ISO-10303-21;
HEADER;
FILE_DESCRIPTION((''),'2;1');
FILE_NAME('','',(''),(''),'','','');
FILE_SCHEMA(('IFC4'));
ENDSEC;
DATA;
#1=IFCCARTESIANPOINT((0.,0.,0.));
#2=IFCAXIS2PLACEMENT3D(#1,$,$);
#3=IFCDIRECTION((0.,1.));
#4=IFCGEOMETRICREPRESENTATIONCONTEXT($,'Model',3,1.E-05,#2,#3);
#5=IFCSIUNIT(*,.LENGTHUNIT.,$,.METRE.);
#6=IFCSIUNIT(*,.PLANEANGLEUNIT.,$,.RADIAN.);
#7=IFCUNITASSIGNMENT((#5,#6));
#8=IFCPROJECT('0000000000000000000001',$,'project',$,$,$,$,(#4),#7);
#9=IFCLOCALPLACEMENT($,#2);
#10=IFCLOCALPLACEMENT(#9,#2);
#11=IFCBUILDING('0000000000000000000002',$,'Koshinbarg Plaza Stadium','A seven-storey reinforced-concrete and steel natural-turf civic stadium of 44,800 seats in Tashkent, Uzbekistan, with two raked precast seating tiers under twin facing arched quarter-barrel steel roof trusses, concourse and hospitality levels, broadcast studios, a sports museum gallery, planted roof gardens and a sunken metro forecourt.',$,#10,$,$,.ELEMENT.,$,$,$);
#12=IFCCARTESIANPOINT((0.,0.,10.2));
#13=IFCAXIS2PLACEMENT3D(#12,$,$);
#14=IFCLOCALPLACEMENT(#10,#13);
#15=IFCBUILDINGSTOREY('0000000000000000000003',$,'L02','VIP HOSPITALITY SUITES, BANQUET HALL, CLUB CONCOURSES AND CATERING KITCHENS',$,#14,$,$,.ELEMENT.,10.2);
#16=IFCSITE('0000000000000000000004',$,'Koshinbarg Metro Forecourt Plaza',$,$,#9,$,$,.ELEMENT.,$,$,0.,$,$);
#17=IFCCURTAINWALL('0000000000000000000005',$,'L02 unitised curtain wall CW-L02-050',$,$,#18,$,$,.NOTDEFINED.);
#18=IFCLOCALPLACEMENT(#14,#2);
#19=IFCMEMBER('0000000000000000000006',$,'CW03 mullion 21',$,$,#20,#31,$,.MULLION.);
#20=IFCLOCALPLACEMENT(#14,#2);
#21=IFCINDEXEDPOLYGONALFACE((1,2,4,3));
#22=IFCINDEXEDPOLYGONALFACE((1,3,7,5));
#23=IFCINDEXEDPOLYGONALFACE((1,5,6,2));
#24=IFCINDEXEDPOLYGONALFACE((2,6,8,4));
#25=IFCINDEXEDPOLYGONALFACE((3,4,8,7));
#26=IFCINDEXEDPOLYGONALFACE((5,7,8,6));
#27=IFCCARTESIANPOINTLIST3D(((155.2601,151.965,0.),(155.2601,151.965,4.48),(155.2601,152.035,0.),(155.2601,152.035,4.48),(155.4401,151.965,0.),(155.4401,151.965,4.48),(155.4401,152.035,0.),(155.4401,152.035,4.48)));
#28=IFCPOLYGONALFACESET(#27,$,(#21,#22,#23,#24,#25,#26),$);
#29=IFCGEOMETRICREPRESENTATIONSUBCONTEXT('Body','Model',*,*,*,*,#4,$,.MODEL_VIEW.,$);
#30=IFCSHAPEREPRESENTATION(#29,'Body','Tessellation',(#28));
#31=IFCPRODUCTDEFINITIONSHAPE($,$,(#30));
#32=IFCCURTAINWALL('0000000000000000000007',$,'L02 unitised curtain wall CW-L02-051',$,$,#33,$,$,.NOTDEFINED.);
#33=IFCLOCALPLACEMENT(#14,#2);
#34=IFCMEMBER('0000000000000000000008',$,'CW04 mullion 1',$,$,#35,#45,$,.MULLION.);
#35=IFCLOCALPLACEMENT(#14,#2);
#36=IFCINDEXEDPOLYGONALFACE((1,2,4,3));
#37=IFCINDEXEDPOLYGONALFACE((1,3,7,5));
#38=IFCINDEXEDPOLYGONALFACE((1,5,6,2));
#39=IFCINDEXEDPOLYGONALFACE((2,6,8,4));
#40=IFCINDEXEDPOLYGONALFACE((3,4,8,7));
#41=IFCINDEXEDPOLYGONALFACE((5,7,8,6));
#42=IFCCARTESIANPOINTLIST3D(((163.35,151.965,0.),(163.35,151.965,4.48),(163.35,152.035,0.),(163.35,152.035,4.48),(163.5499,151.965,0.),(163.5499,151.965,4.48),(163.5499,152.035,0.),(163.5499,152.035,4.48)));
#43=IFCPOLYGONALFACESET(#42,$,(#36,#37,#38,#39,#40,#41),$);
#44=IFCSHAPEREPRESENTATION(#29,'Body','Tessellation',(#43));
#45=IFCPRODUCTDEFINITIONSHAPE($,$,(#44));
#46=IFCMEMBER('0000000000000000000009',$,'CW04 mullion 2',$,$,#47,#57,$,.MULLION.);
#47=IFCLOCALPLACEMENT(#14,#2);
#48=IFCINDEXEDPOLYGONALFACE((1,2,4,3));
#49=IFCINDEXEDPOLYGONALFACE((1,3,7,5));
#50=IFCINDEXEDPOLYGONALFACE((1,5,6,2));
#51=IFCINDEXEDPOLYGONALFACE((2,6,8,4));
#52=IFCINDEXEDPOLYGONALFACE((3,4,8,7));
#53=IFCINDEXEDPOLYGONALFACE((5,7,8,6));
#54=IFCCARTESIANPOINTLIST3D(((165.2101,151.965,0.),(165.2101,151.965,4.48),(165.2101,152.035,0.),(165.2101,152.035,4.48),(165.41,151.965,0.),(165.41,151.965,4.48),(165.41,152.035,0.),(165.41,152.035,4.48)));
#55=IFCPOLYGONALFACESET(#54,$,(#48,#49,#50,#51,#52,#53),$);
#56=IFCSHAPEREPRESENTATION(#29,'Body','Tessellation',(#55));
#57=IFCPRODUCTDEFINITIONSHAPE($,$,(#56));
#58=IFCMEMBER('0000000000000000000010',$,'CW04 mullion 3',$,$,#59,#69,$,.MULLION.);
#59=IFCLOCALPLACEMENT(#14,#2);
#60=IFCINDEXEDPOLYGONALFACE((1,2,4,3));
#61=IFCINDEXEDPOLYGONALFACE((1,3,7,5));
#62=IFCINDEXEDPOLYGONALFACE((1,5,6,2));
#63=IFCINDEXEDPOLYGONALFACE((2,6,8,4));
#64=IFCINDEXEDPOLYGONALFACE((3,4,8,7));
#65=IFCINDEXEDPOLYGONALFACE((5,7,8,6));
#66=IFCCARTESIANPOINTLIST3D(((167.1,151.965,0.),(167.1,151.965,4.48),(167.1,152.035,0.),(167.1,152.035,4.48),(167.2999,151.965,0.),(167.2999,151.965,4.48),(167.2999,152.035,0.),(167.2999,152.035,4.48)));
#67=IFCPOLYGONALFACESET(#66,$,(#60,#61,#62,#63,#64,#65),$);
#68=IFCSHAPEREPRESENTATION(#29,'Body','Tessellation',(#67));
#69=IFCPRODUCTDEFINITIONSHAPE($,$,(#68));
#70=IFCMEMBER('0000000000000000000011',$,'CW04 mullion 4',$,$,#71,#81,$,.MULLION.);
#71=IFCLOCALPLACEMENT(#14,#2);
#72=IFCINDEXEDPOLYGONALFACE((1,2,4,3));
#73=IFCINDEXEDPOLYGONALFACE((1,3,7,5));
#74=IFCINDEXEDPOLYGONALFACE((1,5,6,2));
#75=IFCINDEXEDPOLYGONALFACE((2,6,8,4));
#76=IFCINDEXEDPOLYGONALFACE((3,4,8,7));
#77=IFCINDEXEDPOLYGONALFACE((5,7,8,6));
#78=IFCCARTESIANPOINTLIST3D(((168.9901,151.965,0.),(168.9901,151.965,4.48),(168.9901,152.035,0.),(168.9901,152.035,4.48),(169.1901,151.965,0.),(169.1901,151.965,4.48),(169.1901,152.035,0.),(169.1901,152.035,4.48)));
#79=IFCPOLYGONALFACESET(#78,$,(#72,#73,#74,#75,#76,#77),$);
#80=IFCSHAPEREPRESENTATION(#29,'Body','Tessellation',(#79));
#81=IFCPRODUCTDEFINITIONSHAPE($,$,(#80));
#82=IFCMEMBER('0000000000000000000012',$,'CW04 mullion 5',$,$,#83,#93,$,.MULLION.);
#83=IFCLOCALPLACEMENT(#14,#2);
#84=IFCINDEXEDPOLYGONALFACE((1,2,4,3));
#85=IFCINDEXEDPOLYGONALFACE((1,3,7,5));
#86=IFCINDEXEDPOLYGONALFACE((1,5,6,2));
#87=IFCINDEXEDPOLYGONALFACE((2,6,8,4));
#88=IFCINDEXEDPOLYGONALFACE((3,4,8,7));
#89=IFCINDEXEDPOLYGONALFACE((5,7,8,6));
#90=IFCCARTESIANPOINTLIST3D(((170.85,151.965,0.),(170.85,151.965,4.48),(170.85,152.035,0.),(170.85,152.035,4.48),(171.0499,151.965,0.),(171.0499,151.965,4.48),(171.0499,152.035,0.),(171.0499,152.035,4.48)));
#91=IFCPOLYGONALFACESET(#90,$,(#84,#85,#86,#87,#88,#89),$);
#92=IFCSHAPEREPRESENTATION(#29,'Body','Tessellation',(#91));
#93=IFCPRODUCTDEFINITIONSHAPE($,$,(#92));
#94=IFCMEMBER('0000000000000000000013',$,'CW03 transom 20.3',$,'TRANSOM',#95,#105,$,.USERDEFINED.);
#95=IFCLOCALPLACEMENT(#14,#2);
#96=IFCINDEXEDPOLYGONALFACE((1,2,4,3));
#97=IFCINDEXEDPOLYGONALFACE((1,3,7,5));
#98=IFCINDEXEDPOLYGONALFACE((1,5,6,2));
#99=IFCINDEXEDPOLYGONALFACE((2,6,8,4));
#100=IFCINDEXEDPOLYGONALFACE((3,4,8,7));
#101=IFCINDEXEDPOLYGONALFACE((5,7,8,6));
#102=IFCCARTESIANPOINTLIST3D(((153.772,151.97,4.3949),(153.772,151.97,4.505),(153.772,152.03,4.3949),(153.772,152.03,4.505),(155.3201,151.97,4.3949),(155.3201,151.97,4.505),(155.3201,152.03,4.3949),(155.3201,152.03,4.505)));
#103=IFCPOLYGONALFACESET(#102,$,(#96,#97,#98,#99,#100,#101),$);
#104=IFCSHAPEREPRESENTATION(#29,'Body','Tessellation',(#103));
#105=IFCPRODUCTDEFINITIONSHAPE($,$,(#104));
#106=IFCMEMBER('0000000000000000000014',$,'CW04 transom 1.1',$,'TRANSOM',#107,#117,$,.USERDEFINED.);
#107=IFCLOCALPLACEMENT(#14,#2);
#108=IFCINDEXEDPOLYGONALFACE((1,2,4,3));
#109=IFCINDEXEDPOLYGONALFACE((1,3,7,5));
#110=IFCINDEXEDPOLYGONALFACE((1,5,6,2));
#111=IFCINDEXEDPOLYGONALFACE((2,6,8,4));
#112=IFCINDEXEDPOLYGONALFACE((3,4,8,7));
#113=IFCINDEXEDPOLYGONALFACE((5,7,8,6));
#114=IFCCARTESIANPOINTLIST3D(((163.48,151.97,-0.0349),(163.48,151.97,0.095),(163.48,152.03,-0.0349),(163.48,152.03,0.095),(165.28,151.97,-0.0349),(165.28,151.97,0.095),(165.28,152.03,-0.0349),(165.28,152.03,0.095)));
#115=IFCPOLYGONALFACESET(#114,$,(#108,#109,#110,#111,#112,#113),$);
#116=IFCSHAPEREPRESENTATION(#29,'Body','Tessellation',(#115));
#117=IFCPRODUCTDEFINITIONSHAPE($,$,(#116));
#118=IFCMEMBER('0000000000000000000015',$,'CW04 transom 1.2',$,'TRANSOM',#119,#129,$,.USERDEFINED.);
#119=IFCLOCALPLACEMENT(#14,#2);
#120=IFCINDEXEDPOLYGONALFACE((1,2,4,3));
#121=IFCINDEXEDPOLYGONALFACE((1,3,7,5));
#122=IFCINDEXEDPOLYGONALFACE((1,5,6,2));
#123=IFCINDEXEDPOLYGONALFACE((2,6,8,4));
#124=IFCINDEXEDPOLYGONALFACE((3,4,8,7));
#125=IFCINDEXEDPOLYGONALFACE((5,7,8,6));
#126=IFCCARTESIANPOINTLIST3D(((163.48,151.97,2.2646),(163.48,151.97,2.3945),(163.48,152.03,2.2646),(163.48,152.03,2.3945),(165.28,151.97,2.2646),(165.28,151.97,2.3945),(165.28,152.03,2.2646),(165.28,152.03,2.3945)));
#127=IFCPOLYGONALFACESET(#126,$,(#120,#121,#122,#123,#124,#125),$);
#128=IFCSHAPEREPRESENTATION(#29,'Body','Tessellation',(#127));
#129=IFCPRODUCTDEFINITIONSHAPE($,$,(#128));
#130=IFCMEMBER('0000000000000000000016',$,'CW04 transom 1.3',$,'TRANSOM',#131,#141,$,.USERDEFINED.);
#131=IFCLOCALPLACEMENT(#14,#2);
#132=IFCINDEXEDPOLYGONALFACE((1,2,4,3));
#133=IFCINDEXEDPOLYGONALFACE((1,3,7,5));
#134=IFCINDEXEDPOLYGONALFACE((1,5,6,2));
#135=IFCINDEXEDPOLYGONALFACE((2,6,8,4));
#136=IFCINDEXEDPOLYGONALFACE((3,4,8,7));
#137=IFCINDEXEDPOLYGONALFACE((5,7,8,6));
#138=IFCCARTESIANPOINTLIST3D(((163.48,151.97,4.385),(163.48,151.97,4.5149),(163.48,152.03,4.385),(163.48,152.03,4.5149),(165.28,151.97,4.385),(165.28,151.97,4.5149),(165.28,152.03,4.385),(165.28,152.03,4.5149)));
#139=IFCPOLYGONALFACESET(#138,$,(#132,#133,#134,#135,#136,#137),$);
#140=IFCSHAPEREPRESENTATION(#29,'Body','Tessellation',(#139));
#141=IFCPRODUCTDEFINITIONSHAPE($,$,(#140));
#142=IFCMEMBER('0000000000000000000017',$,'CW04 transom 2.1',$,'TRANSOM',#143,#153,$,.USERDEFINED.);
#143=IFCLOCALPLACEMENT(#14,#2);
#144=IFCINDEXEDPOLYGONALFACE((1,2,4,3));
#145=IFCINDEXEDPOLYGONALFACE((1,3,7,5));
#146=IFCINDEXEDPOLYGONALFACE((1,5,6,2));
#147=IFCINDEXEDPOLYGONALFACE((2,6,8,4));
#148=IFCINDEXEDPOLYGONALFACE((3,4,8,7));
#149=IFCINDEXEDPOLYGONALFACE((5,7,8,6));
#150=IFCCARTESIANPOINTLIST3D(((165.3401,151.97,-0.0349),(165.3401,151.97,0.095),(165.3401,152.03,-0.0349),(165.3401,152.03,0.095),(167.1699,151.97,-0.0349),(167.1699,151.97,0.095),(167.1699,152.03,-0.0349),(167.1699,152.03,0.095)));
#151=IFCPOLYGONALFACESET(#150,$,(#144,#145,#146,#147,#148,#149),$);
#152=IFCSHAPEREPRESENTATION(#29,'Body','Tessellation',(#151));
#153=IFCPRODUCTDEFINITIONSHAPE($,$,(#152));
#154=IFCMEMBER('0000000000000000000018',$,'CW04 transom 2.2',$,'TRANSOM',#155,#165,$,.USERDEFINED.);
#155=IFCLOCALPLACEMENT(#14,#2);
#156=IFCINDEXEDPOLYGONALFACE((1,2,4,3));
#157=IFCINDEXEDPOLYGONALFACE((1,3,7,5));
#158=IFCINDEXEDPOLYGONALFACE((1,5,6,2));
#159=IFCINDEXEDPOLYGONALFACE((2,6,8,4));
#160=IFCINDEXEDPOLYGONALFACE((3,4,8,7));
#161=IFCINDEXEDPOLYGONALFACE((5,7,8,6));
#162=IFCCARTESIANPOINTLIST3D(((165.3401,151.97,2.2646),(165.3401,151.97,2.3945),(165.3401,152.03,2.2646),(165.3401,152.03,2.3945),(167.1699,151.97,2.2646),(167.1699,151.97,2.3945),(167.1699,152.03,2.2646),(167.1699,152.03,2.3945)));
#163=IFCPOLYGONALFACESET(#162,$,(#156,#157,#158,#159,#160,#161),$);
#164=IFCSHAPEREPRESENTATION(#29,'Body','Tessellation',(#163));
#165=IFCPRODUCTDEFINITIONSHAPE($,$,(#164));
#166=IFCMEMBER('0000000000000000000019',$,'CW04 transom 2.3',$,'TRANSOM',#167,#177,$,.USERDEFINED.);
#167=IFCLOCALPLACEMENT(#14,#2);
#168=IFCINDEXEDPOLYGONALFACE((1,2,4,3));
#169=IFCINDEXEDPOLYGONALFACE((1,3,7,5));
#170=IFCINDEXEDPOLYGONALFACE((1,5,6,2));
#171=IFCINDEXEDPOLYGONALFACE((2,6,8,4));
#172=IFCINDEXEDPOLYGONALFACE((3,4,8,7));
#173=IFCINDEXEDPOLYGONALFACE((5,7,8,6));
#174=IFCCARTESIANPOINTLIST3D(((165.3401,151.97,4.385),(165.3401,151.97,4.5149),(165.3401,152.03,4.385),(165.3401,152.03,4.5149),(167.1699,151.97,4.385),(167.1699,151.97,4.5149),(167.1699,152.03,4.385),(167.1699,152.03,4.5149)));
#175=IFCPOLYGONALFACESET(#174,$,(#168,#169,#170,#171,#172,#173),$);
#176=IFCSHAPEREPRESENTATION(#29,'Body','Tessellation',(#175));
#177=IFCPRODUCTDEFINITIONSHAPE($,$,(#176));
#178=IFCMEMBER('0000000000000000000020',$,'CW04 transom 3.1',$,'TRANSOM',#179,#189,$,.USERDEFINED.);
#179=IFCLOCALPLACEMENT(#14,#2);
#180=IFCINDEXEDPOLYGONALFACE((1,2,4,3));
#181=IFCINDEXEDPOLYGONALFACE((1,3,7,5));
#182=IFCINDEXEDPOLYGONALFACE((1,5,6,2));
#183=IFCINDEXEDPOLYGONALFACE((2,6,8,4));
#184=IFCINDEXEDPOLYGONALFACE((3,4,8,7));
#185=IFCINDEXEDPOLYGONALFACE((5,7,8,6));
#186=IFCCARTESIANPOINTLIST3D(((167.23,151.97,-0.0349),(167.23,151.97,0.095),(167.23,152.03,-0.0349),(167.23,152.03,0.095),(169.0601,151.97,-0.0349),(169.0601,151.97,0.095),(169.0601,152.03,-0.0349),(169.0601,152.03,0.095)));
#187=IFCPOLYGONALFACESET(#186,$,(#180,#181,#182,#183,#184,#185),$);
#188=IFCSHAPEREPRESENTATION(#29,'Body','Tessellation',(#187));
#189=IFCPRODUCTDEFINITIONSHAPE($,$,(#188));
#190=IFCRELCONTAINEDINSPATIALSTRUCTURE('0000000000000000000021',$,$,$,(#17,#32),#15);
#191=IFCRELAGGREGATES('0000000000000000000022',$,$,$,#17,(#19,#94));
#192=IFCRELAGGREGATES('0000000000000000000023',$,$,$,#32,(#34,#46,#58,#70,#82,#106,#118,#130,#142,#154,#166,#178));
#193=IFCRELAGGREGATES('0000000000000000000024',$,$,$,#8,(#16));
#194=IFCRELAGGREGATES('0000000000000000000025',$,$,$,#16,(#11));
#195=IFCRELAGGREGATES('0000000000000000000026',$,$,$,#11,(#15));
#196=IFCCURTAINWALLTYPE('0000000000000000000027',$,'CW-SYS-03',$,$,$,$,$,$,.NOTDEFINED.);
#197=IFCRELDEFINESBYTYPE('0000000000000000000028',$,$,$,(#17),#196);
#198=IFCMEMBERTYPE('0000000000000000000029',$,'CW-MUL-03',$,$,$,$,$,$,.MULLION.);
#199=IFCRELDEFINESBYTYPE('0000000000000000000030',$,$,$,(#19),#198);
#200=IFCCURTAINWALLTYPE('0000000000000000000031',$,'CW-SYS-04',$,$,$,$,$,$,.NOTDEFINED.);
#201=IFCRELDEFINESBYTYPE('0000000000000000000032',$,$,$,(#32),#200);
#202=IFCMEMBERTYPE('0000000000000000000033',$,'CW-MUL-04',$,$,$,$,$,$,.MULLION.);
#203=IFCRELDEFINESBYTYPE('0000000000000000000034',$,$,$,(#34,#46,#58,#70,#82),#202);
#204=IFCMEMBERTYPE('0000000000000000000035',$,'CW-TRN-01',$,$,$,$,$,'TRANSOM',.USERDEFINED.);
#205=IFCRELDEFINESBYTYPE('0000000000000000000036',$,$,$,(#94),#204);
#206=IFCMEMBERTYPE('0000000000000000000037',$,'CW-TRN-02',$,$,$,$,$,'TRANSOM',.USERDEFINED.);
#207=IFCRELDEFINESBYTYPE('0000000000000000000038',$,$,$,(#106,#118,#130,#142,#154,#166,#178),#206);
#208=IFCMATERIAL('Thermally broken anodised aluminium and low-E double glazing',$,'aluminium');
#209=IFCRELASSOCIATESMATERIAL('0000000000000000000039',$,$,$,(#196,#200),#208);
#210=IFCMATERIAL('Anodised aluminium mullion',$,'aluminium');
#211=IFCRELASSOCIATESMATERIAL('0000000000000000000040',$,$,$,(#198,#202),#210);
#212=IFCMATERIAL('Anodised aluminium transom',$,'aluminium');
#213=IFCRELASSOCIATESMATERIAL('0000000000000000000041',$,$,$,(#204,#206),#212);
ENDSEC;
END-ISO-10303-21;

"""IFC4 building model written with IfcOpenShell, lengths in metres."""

from ifc_helpers import new_model, si_unit, direction, frame, origin, origin_2d, place, context, subcontext, project, spatial, rectangle, extrude, material, material_profile, profile_set, type_object, element, aggregate, save


model = new_model("IFC4")

# Units and contexts
model_context = context("Model", 3, precision=1e-05, world=origin(), true_north=direction((0.0, 1.0)))
body_context = subcontext(model_context, "Body", "Model", "MODEL_VIEW")
ifc_project = project(units=[si_unit("LENGTHUNIT", "METRE"), si_unit("PLANEANGLEUNIT", "RADIAN")], contexts=[model_context])

# Site, building, storey
site_placement = place(None, origin())
site = spatial("IfcSite", under=ifc_project, at=site_placement, Name="Koshinbarg Metro Forecourt Plaza", CompositionType="ELEMENT", RefElevation=0.0)
building_placement = place(site_placement, origin())
building = spatial("IfcBuilding", under=site, at=building_placement, Name="Koshinbarg Plaza Stadium", Description="A seven-storey reinforced-concrete and steel natural-turf civic stadium of 44,800 seats in Tashkent, Uzbekistan, with two raked precast seating tiers under twin facing arched quarter-barrel steel roof trusses, concourse and hospitality levels, broadcast studios, a sports museum gallery, planted roof gardens and a sunken metro forecourt.", CompositionType="ELEMENT")
storey_placement = place(building_placement, frame((0.0, 0.0, 10.2)))
storey = spatial("IfcBuildingStorey", under=building, at=storey_placement, Name="L02", Description="VIP HOSPITALITY SUITES, BANQUET HALL, CLUB CONCOURSES AND CATERING KITCHENS", CompositionType="ELEMENT", Elevation=10.2)

# Curtain wall, member
ifc_material_1 = material(Name="Thermally broken anodised aluminium and low-E double glazing", Category="aluminium")
curtain_wall_type_1 = type_object("IfcCurtainWallType", Name="CW-SYS-03", PredefinedType="NOTDEFINED", material=ifc_material_1)
curtain_wall_1_placement = place(storey_placement, origin())
curtain_wall_1 = element("IfcCurtainWall", 1, at=curtain_wall_1_placement, inside=storey, type_object=curtain_wall_type_1, Name="L02 unitised curtain wall CW-L02-050", PredefinedType="NOTDEFINED")
ifc_material_2 = material(Name="Anodised aluminium mullion", Category="aluminium")
ifc_material_profile_1 = material_profile(ifc_material_2, rectangle(XDim=0.0701, YDim=0.1799, at=origin_2d()), Name="ALU 70x180")
ifc_profile_set_1 = profile_set([ifc_material_profile_1], Name="Anodised aluminium mullion")
member_type_1 = type_object("IfcMemberType", Name="CW-MUL-03", PredefinedType="MULLION", material=ifc_profile_set_1)
member_1_placement = place(storey_placement, frame((155.3501, 152.0, 0.0), z_axis=(0.0, 0.0, 1.0), x_axis=(0.0, 1.0, 0.0)))
member_1 = element("IfcMember", 2, at=member_1_placement, type_object=member_type_1, Name="CW03 mullion 21", PredefinedType="MULLION", context=body_context, shape_type="SweptSolid", body=[
    extrude(rectangle(XDim=0.0701, YDim=0.1799, at=origin_2d()), origin(), (0.0, 0.0, 1.0), 4.48),
])

# Curtain wall, members
curtain_wall_type_2 = type_object("IfcCurtainWallType", Name="CW-SYS-04", PredefinedType="NOTDEFINED", material=ifc_material_1)
curtain_wall_2_placement = place(storey_placement, origin())
curtain_wall_2 = element("IfcCurtainWall", 3, at=curtain_wall_2_placement, inside=storey, type_object=curtain_wall_type_2, Name="L02 unitised curtain wall CW-L02-051", PredefinedType="NOTDEFINED")
ifc_material_profile_2 = material_profile(ifc_material_2, rectangle(XDim=0.0701, YDim=0.2, at=origin_2d()), Name="ALU 70x200")
ifc_profile_set_2 = profile_set([ifc_material_profile_2], Name="Anodised aluminium mullion")
member_type_2 = type_object("IfcMemberType", Name="CW-MUL-04", PredefinedType="MULLION", material=ifc_profile_set_2)
member_2_placement = place(storey_placement, frame((163.45, 152.0, 0.0), z_axis=(0.0, 0.0, 1.0), x_axis=(0.0, 1.0, 0.0)))
member_2 = element("IfcMember", 4, at=member_2_placement, type_object=member_type_2, Name="CW04 mullion 1", PredefinedType="MULLION", context=body_context, shape_type="SweptSolid", body=[
    extrude(rectangle(XDim=0.0701, YDim=0.2, at=origin_2d()), origin(), (0.0, 0.0, 1.0), 4.48),
])
member_3_placement = place(storey_placement, frame((165.3101, 152.0, 0.0), z_axis=(0.0, 0.0, 1.0), x_axis=(0.0, 1.0, 0.0)))
member_3 = element("IfcMember", 5, at=member_3_placement, type_object=member_type_2, Name="CW04 mullion 2", PredefinedType="MULLION", context=body_context, shape_type="SweptSolid", body=[
    extrude(rectangle(XDim=0.0701, YDim=0.2, at=origin_2d()), origin(), (0.0, 0.0, 1.0), 4.48),
])
member_4_placement = place(storey_placement, frame((167.2, 152.0, 0.0), z_axis=(0.0, 0.0, 1.0), x_axis=(0.0, 1.0, 0.0)))
member_4 = element("IfcMember", 6, at=member_4_placement, type_object=member_type_2, Name="CW04 mullion 3", PredefinedType="MULLION", context=body_context, shape_type="SweptSolid", body=[
    extrude(rectangle(XDim=0.0701, YDim=0.2, at=origin_2d()), origin(), (0.0, 0.0, 1.0), 4.48),
])
member_5_placement = place(storey_placement, frame((169.0901, 152.0, 0.0), z_axis=(0.0, 0.0, 1.0), x_axis=(0.0, 1.0, 0.0)))
member_5 = element("IfcMember", 7, at=member_5_placement, type_object=member_type_2, Name="CW04 mullion 4", PredefinedType="MULLION", context=body_context, shape_type="SweptSolid", body=[
    extrude(rectangle(XDim=0.0701, YDim=0.2, at=origin_2d()), origin(), (0.0, 0.0, 1.0), 4.48),
])
member_6_placement = place(storey_placement, frame((170.95, 152.0, 0.0), z_axis=(0.0, 0.0, 1.0), x_axis=(0.0, 1.0, 0.0)))
member_6 = element("IfcMember", 8, at=member_6_placement, type_object=member_type_2, Name="CW04 mullion 5", PredefinedType="MULLION", context=body_context, shape_type="SweptSolid", body=[
    extrude(rectangle(XDim=0.0701, YDim=0.2, at=origin_2d()), origin(), (0.0, 0.0, 1.0), 4.48),
])

# Members
ifc_material_3 = material(Name="Anodised aluminium transom", Category="aluminium")
ifc_material_profile_3 = material_profile(ifc_material_3, rectangle(XDim=0.0601, YDim=0.1101, at=origin_2d()), Name="ALU 60x110")
ifc_profile_set_3 = profile_set([ifc_material_profile_3], Name="Anodised aluminium transom")
member_type_3 = type_object("IfcMemberType", Name="CW-TRN-01", ElementType="TRANSOM", PredefinedType="USERDEFINED", material=ifc_profile_set_3)
member_7_placement = place(storey_placement, frame((153.772, 152.0, 4.45), z_axis=(1.0, 0.0, 0.0), x_axis=(0.0, 1.0, 0.0)))
member_7 = element("IfcMember", 9, at=member_7_placement, type_object=member_type_3, Name="CW03 transom 20.3", ObjectType="TRANSOM", PredefinedType="USERDEFINED", context=body_context, shape_type="SweptSolid", body=[
    extrude(rectangle(XDim=0.0601, YDim=0.1101, at=origin_2d()), origin(), (0.0, 0.0, 1.0), 1.5481),
])
ifc_material_profile_4 = material_profile(ifc_material_3, rectangle(XDim=0.0601, YDim=0.1299, at=origin_2d()), Name="ALU 60x130")
ifc_profile_set_4 = profile_set([ifc_material_profile_4], Name="Anodised aluminium transom")
member_type_4 = type_object("IfcMemberType", Name="CW-TRN-02", ElementType="TRANSOM", PredefinedType="USERDEFINED", material=ifc_profile_set_4)
member_8_placement = place(storey_placement, frame((163.48, 152.0, 0.03), z_axis=(1.0, 0.0, 0.0), x_axis=(0.0, 1.0, 0.0)))
member_8 = element("IfcMember", 10, at=member_8_placement, type_object=member_type_4, Name="CW04 transom 1.1", ObjectType="TRANSOM", PredefinedType="USERDEFINED", context=body_context, shape_type="SweptSolid", body=[
    extrude(rectangle(XDim=0.0601, YDim=0.1299, at=origin_2d()), origin(), (0.0, 0.0, 1.0), 1.8),
])
member_9_placement = place(storey_placement, frame((163.48, 152.0, 2.3296), z_axis=(1.0, 0.0, 0.0), x_axis=(0.0, 1.0, 0.0)))
member_9 = element("IfcMember", 11, at=member_9_placement, type_object=member_type_4, Name="CW04 transom 1.2", ObjectType="TRANSOM", PredefinedType="USERDEFINED", context=body_context, shape_type="SweptSolid", body=[
    extrude(rectangle(XDim=0.0601, YDim=0.1299, at=origin_2d()), origin(), (0.0, 0.0, 1.0), 1.8),
])
member_10_placement = place(storey_placement, frame((163.48, 152.0, 4.45), z_axis=(1.0, 0.0, 0.0), x_axis=(0.0, 1.0, 0.0)))
member_10 = element("IfcMember", 12, at=member_10_placement, type_object=member_type_4, Name="CW04 transom 1.3", ObjectType="TRANSOM", PredefinedType="USERDEFINED", context=body_context, shape_type="SweptSolid", body=[
    extrude(rectangle(XDim=0.0601, YDim=0.1299, at=origin_2d()), origin(), (0.0, 0.0, 1.0), 1.8),
])
member_11_placement = place(storey_placement, frame((165.3401, 152.0, 0.03), z_axis=(1.0, 0.0, 0.0), x_axis=(0.0, 1.0, 0.0)))
member_11 = element("IfcMember", 13, at=member_11_placement, type_object=member_type_4, Name="CW04 transom 2.1", ObjectType="TRANSOM", PredefinedType="USERDEFINED", context=body_context, shape_type="SweptSolid", body=[
    extrude(rectangle(XDim=0.0601, YDim=0.1299, at=origin_2d()), origin(), (0.0, 0.0, 1.0), 1.8298),
])
member_12_placement = place(storey_placement, frame((165.3401, 152.0, 2.3296), z_axis=(1.0, 0.0, 0.0), x_axis=(0.0, 1.0, 0.0)))
member_12 = element("IfcMember", 14, at=member_12_placement, type_object=member_type_4, Name="CW04 transom 2.2", ObjectType="TRANSOM", PredefinedType="USERDEFINED", context=body_context, shape_type="SweptSolid", body=[
    extrude(rectangle(XDim=0.0601, YDim=0.1299, at=origin_2d()), origin(), (0.0, 0.0, 1.0), 1.8298),
])
member_13_placement = place(storey_placement, frame((165.3401, 152.0, 4.45), z_axis=(1.0, 0.0, 0.0), x_axis=(0.0, 1.0, 0.0)))
member_13 = element("IfcMember", 15, at=member_13_placement, type_object=member_type_4, Name="CW04 transom 2.3", ObjectType="TRANSOM", PredefinedType="USERDEFINED", context=body_context, shape_type="SweptSolid", body=[
    extrude(rectangle(XDim=0.0601, YDim=0.1299, at=origin_2d()), origin(), (0.0, 0.0, 1.0), 1.8298),
])
member_14_placement = place(storey_placement, frame((167.23, 152.0, 0.03), z_axis=(1.0, 0.0, 0.0), x_axis=(0.0, 1.0, 0.0)))
member_14 = element("IfcMember", 16, at=member_14_placement, type_object=member_type_4, Name="CW04 transom 3.1", ObjectType="TRANSOM", PredefinedType="USERDEFINED", context=body_context, shape_type="SweptSolid", body=[
    extrude(rectangle(XDim=0.0601, YDim=0.1299, at=origin_2d()), origin(), (0.0, 0.0, 1.0), 1.8301),
])

aggregate(curtain_wall_1, [member_1, member_7])
aggregate(curtain_wall_2, [member_2, member_3, member_4, member_5, member_6, member_8, member_9, member_10, member_11, member_12, member_13, member_14])

save(model, "model.ifc")
